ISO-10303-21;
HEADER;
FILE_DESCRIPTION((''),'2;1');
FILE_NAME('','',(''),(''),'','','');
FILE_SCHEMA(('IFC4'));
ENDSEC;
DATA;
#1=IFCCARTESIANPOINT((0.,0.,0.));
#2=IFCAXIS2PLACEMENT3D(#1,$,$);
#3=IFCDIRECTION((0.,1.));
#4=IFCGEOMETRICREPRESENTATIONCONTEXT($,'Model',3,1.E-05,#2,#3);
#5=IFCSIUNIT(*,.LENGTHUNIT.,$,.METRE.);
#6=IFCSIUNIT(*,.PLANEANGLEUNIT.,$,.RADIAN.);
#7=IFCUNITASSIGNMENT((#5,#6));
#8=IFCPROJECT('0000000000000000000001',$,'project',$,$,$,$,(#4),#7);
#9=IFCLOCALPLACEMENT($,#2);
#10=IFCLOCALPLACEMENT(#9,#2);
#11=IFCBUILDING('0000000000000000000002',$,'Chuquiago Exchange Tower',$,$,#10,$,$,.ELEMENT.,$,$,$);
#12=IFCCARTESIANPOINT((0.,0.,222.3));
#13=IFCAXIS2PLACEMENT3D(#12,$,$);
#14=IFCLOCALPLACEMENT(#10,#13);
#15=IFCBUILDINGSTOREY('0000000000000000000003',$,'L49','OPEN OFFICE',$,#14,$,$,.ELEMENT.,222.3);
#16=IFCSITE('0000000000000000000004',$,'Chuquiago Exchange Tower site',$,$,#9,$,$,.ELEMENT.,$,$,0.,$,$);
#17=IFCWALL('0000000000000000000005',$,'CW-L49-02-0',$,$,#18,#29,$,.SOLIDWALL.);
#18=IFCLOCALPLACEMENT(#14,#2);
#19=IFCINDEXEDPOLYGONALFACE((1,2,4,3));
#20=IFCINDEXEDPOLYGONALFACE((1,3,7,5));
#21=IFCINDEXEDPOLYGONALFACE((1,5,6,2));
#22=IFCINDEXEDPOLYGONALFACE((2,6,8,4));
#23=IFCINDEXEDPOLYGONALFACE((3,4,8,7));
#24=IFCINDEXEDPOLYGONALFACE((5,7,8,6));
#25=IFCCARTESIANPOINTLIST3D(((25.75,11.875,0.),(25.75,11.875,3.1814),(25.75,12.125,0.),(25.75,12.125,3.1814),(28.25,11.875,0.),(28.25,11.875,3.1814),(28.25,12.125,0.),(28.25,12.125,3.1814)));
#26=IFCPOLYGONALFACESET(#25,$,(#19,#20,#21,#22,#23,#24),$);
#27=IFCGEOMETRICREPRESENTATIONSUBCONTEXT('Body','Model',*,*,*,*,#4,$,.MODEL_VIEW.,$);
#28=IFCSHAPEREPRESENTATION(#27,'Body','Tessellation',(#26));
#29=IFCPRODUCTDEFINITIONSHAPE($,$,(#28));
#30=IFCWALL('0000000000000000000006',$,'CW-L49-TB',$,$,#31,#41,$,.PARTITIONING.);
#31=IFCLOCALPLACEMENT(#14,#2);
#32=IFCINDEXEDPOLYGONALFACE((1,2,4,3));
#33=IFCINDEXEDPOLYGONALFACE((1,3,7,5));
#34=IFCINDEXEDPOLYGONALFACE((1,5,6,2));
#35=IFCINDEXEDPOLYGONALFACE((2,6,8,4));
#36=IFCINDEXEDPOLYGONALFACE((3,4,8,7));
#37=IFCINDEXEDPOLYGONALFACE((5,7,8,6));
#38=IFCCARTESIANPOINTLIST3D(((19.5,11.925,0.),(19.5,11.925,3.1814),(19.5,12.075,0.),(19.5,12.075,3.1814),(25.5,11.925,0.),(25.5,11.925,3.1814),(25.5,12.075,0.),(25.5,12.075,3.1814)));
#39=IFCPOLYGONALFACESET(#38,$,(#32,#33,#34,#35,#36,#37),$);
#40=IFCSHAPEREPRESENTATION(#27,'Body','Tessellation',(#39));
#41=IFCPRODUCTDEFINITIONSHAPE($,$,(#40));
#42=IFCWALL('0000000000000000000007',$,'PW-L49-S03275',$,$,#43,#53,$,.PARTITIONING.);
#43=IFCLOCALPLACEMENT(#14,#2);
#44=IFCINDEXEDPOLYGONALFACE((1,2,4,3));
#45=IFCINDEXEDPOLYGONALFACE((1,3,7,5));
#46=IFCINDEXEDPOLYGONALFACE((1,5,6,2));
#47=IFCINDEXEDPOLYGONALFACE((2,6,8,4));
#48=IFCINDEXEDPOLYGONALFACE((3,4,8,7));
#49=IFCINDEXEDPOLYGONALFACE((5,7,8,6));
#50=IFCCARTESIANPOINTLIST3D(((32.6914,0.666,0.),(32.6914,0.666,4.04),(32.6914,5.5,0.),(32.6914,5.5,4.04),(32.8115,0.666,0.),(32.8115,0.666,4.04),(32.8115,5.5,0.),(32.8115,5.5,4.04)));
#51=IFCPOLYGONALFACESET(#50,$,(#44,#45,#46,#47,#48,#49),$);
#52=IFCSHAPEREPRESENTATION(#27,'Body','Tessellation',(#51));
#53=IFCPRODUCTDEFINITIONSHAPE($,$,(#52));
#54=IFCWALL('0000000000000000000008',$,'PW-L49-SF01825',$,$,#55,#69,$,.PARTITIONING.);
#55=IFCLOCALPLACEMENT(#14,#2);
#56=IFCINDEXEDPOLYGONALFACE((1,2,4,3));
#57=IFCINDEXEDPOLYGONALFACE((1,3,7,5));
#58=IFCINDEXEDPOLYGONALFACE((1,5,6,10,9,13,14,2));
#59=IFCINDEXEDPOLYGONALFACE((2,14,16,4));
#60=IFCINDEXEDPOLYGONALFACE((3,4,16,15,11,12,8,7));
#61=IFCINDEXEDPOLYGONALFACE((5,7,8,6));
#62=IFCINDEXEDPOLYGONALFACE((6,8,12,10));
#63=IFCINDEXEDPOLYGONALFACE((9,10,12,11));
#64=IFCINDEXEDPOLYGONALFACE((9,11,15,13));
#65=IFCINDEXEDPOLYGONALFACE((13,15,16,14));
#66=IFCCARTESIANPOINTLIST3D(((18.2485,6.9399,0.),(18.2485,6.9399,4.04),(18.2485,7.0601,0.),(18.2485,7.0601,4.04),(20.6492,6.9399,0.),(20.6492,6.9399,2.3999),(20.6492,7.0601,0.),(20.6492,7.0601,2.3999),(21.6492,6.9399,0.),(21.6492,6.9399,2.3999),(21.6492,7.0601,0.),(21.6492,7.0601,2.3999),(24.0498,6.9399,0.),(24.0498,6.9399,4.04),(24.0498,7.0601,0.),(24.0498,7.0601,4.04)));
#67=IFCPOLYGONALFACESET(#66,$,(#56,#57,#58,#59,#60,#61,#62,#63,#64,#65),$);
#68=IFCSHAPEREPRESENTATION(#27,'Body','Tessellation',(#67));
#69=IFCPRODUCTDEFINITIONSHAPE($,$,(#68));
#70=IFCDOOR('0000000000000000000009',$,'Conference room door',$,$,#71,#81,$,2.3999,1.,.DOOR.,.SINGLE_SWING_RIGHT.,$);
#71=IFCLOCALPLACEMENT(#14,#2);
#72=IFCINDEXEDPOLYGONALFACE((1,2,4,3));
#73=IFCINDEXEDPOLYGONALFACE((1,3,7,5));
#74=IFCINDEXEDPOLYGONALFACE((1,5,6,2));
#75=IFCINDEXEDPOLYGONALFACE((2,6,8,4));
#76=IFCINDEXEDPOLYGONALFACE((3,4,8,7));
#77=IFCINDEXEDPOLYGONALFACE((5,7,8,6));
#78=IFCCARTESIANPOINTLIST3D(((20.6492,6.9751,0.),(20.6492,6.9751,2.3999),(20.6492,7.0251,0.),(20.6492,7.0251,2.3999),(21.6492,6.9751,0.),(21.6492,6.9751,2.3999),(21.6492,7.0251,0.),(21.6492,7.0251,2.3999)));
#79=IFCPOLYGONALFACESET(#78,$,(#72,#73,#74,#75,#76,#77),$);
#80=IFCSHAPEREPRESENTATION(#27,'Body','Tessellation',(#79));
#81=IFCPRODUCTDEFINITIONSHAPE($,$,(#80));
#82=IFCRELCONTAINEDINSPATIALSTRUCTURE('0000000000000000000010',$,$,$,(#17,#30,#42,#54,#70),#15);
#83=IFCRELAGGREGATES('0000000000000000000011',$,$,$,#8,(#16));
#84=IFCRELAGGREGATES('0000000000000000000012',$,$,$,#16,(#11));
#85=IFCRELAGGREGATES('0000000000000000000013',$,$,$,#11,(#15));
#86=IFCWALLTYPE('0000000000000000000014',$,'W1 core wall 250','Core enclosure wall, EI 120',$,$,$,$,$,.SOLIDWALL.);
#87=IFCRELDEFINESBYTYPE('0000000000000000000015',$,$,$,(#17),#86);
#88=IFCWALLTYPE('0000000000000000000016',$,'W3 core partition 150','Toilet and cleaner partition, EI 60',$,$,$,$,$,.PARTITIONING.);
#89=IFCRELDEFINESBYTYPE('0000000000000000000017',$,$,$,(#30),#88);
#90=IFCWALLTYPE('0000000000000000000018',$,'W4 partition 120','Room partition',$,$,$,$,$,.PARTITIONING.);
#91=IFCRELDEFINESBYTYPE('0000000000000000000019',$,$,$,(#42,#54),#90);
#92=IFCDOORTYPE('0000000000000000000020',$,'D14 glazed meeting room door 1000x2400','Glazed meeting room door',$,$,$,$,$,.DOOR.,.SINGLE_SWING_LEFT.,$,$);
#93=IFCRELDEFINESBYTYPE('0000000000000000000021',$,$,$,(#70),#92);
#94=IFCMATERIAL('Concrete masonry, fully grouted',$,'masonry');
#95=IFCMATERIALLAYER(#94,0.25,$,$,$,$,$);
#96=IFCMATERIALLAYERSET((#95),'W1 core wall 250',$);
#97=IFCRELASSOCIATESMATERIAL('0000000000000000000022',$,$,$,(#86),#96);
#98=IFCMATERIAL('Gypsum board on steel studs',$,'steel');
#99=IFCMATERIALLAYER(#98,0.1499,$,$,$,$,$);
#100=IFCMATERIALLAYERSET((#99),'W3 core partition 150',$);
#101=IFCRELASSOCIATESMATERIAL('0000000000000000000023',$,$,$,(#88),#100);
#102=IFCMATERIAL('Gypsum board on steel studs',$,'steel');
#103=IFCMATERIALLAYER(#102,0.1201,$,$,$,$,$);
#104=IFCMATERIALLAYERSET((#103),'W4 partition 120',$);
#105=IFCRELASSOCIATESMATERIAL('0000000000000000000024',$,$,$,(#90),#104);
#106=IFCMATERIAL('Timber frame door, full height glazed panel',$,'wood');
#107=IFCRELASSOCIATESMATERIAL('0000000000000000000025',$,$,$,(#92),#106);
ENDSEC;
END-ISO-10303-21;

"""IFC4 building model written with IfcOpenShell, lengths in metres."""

from ifc_helpers import new_model, si_unit, direction, frame, frame_2d, origin, place, context, subcontext, project, spatial, rectangle, extrude, material, layer, layer_set, type_object, element, fill, save


model = new_model("IFC4")

# Units and contexts
model_context = context("Model", 3, precision=1e-05, world=origin(), true_north=direction((0.0, 1.0)))
body_context = subcontext(model_context, "Body", "Model", "MODEL_VIEW")
ifc_project = project(units=[si_unit("LENGTHUNIT", "METRE"), si_unit("PLANEANGLEUNIT", "RADIAN")], contexts=[model_context])

# Site, building, storey
site_placement = place(None, origin())
site = spatial("IfcSite", under=ifc_project, at=site_placement, Name="Chuquiago Exchange Tower site", CompositionType="ELEMENT", RefElevation=0.0)
building_placement = place(site_placement, origin())
building = spatial("IfcBuilding", under=site, at=building_placement, Name="Chuquiago Exchange Tower", CompositionType="ELEMENT")
storey_placement = place(building_placement, frame((0.0, 0.0, 222.3)))
storey = spatial("IfcBuildingStorey", under=building, at=storey_placement, Name="L49", Description="OPEN OFFICE", CompositionType="ELEMENT", Elevation=222.3)

# Walls
ifc_material_1 = material(Name="Concrete masonry, fully grouted", Category="masonry")
ifc_layer_1 = layer(ifc_material_1, 0.25)
ifc_layer_set_1 = layer_set([ifc_layer_1], Name="W1 core wall 250")
wall_type_1 = type_object("IfcWallType", Name="W1 core wall 250", Description="Core enclosure wall, EI 120", PredefinedType="SOLIDWALL", material=ifc_layer_set_1)
wall_1_placement = place(storey_placement, frame((25.75, 12.0, 0.0), z_axis=(0.0, 0.0, 1.0), x_axis=(1.0, 0.0, 0.0)))
element("IfcWall", 1, at=wall_1_placement, inside=storey, type_object=wall_type_1, Name="CW-L49-02-0", PredefinedType="SOLIDWALL", context=body_context, shape_type="SweptSolid", body=[
    extrude(rectangle(XDim=2.5, YDim=0.25, at=frame_2d((1.25, 0.0))), origin(), (0.0, 0.0, 1.0), 3.1814),
])
ifc_material_2 = material(Name="Gypsum board on steel studs", Category="steel")
ifc_layer_2 = layer(ifc_material_2, 0.1499)
ifc_layer_set_2 = layer_set([ifc_layer_2], Name="W3 core partition 150")
wall_type_2 = type_object("IfcWallType", Name="W3 core partition 150", Description="Toilet and cleaner partition, EI 60", PredefinedType="PARTITIONING", material=ifc_layer_set_2)
wall_2_placement = place(storey_placement, frame((19.5, 12.0, 0.0), z_axis=(0.0, 0.0, 1.0), x_axis=(1.0, 0.0, 0.0)))
element("IfcWall", 2, at=wall_2_placement, inside=storey, type_object=wall_type_2, Name="CW-L49-TB", PredefinedType="PARTITIONING", context=body_context, shape_type="SweptSolid", body=[
    extrude(rectangle(XDim=6.0, YDim=0.1499, at=frame_2d((3.0, 0.0))), origin(), (0.0, 0.0, 1.0), 3.1814),
])
ifc_material_3 = material(Name="Gypsum board on steel studs", Category="steel")
ifc_layer_3 = layer(ifc_material_3, 0.1201)
ifc_layer_set_3 = layer_set([ifc_layer_3], Name="W4 partition 120")
wall_type_3 = type_object("IfcWallType", Name="W4 partition 120", Description="Room partition", PredefinedType="PARTITIONING", material=ifc_layer_set_3)
wall_3_placement = place(storey_placement, frame((32.7515, 0.666, 0.0), z_axis=(0.0, 0.0, 1.0), x_axis=(0.0, 1.0, 0.0)))
element("IfcWall", 3, at=wall_3_placement, inside=storey, type_object=wall_type_3, Name="PW-L49-S03275", PredefinedType="PARTITIONING", context=body_context, shape_type="SweptSolid", body=[
    extrude(rectangle(XDim=4.834, YDim=0.1201, at=frame_2d((2.417, 0.0))), origin(), (0.0, 0.0, 1.0), 4.04),
])

# Wall, opening, door
wall_4_placement = place(storey_placement, frame((18.2485, 7.0, 0.0), z_axis=(0.0, 0.0, 1.0), x_axis=(1.0, 0.0, 0.0)))
wall_4 = element("IfcWall", 4, at=wall_4_placement, inside=storey, type_object=wall_type_3, Name="PW-L49-SF01825", PredefinedType="PARTITIONING", context=body_context, shape_type="SweptSolid", body=[
    extrude(rectangle(XDim=5.8013, YDim=0.1201, at=frame_2d((2.9006, 0.0))), origin(), (0.0, 0.0, 1.0), 4.04),
])
opening_1_placement = place(wall_4_placement, frame((2.4006, 0.0, 0.0)))
opening_1 = element("IfcOpeningElement", 5, at=opening_1_placement, cuts=wall_4, PredefinedType="OPENING", context=body_context, shape_type="SweptSolid", body=[
    extrude(rectangle(XDim=1.0, YDim=2.3999, at=frame_2d((0.5, 1.2))), frame((0.0, 0.0701, 0.0), z_axis=(0.0, -1.0, 0.0), x_axis=(1.0, 0.0, 0.0)), (0.0, 0.0, 1.0), 0.1401),
])
ifc_material_4 = material(Name="Timber frame door, full height glazed panel", Category="wood")
door_type_1 = type_object("IfcDoorType", Name="D14 glazed meeting room door 1000x2400", Description="Glazed meeting room door", OperationType="SINGLE_SWING_LEFT", PredefinedType="DOOR", material=ifc_material_4)
door_1_placement = place(opening_1_placement, frame((1.0, 0.0, 0.0), z_axis=(0.0, 0.0, 1.0), x_axis=(-1.0, 0.0, 0.0)))
door_1 = element("IfcDoor", 6, at=door_1_placement, inside=storey, type_object=door_type_1, Name="Conference room door", OperationType="SINGLE_SWING_RIGHT", OverallHeight=2.3999, OverallWidth=1.0, PredefinedType="DOOR", context=body_context, shape_type="SweptSolid", body=[
    extrude(rectangle(XDim=1.0, YDim=2.3999, at=frame_2d((0.5, 1.2))), frame((0.0, 0.0249, 0.0), z_axis=(0.0, -1.0, 0.0), x_axis=(1.0, 0.0, 0.0)), (0.0, 0.0, 1.0), 0.05),
])
fill(opening_1, door_1)

save(model, "model.ifc")
